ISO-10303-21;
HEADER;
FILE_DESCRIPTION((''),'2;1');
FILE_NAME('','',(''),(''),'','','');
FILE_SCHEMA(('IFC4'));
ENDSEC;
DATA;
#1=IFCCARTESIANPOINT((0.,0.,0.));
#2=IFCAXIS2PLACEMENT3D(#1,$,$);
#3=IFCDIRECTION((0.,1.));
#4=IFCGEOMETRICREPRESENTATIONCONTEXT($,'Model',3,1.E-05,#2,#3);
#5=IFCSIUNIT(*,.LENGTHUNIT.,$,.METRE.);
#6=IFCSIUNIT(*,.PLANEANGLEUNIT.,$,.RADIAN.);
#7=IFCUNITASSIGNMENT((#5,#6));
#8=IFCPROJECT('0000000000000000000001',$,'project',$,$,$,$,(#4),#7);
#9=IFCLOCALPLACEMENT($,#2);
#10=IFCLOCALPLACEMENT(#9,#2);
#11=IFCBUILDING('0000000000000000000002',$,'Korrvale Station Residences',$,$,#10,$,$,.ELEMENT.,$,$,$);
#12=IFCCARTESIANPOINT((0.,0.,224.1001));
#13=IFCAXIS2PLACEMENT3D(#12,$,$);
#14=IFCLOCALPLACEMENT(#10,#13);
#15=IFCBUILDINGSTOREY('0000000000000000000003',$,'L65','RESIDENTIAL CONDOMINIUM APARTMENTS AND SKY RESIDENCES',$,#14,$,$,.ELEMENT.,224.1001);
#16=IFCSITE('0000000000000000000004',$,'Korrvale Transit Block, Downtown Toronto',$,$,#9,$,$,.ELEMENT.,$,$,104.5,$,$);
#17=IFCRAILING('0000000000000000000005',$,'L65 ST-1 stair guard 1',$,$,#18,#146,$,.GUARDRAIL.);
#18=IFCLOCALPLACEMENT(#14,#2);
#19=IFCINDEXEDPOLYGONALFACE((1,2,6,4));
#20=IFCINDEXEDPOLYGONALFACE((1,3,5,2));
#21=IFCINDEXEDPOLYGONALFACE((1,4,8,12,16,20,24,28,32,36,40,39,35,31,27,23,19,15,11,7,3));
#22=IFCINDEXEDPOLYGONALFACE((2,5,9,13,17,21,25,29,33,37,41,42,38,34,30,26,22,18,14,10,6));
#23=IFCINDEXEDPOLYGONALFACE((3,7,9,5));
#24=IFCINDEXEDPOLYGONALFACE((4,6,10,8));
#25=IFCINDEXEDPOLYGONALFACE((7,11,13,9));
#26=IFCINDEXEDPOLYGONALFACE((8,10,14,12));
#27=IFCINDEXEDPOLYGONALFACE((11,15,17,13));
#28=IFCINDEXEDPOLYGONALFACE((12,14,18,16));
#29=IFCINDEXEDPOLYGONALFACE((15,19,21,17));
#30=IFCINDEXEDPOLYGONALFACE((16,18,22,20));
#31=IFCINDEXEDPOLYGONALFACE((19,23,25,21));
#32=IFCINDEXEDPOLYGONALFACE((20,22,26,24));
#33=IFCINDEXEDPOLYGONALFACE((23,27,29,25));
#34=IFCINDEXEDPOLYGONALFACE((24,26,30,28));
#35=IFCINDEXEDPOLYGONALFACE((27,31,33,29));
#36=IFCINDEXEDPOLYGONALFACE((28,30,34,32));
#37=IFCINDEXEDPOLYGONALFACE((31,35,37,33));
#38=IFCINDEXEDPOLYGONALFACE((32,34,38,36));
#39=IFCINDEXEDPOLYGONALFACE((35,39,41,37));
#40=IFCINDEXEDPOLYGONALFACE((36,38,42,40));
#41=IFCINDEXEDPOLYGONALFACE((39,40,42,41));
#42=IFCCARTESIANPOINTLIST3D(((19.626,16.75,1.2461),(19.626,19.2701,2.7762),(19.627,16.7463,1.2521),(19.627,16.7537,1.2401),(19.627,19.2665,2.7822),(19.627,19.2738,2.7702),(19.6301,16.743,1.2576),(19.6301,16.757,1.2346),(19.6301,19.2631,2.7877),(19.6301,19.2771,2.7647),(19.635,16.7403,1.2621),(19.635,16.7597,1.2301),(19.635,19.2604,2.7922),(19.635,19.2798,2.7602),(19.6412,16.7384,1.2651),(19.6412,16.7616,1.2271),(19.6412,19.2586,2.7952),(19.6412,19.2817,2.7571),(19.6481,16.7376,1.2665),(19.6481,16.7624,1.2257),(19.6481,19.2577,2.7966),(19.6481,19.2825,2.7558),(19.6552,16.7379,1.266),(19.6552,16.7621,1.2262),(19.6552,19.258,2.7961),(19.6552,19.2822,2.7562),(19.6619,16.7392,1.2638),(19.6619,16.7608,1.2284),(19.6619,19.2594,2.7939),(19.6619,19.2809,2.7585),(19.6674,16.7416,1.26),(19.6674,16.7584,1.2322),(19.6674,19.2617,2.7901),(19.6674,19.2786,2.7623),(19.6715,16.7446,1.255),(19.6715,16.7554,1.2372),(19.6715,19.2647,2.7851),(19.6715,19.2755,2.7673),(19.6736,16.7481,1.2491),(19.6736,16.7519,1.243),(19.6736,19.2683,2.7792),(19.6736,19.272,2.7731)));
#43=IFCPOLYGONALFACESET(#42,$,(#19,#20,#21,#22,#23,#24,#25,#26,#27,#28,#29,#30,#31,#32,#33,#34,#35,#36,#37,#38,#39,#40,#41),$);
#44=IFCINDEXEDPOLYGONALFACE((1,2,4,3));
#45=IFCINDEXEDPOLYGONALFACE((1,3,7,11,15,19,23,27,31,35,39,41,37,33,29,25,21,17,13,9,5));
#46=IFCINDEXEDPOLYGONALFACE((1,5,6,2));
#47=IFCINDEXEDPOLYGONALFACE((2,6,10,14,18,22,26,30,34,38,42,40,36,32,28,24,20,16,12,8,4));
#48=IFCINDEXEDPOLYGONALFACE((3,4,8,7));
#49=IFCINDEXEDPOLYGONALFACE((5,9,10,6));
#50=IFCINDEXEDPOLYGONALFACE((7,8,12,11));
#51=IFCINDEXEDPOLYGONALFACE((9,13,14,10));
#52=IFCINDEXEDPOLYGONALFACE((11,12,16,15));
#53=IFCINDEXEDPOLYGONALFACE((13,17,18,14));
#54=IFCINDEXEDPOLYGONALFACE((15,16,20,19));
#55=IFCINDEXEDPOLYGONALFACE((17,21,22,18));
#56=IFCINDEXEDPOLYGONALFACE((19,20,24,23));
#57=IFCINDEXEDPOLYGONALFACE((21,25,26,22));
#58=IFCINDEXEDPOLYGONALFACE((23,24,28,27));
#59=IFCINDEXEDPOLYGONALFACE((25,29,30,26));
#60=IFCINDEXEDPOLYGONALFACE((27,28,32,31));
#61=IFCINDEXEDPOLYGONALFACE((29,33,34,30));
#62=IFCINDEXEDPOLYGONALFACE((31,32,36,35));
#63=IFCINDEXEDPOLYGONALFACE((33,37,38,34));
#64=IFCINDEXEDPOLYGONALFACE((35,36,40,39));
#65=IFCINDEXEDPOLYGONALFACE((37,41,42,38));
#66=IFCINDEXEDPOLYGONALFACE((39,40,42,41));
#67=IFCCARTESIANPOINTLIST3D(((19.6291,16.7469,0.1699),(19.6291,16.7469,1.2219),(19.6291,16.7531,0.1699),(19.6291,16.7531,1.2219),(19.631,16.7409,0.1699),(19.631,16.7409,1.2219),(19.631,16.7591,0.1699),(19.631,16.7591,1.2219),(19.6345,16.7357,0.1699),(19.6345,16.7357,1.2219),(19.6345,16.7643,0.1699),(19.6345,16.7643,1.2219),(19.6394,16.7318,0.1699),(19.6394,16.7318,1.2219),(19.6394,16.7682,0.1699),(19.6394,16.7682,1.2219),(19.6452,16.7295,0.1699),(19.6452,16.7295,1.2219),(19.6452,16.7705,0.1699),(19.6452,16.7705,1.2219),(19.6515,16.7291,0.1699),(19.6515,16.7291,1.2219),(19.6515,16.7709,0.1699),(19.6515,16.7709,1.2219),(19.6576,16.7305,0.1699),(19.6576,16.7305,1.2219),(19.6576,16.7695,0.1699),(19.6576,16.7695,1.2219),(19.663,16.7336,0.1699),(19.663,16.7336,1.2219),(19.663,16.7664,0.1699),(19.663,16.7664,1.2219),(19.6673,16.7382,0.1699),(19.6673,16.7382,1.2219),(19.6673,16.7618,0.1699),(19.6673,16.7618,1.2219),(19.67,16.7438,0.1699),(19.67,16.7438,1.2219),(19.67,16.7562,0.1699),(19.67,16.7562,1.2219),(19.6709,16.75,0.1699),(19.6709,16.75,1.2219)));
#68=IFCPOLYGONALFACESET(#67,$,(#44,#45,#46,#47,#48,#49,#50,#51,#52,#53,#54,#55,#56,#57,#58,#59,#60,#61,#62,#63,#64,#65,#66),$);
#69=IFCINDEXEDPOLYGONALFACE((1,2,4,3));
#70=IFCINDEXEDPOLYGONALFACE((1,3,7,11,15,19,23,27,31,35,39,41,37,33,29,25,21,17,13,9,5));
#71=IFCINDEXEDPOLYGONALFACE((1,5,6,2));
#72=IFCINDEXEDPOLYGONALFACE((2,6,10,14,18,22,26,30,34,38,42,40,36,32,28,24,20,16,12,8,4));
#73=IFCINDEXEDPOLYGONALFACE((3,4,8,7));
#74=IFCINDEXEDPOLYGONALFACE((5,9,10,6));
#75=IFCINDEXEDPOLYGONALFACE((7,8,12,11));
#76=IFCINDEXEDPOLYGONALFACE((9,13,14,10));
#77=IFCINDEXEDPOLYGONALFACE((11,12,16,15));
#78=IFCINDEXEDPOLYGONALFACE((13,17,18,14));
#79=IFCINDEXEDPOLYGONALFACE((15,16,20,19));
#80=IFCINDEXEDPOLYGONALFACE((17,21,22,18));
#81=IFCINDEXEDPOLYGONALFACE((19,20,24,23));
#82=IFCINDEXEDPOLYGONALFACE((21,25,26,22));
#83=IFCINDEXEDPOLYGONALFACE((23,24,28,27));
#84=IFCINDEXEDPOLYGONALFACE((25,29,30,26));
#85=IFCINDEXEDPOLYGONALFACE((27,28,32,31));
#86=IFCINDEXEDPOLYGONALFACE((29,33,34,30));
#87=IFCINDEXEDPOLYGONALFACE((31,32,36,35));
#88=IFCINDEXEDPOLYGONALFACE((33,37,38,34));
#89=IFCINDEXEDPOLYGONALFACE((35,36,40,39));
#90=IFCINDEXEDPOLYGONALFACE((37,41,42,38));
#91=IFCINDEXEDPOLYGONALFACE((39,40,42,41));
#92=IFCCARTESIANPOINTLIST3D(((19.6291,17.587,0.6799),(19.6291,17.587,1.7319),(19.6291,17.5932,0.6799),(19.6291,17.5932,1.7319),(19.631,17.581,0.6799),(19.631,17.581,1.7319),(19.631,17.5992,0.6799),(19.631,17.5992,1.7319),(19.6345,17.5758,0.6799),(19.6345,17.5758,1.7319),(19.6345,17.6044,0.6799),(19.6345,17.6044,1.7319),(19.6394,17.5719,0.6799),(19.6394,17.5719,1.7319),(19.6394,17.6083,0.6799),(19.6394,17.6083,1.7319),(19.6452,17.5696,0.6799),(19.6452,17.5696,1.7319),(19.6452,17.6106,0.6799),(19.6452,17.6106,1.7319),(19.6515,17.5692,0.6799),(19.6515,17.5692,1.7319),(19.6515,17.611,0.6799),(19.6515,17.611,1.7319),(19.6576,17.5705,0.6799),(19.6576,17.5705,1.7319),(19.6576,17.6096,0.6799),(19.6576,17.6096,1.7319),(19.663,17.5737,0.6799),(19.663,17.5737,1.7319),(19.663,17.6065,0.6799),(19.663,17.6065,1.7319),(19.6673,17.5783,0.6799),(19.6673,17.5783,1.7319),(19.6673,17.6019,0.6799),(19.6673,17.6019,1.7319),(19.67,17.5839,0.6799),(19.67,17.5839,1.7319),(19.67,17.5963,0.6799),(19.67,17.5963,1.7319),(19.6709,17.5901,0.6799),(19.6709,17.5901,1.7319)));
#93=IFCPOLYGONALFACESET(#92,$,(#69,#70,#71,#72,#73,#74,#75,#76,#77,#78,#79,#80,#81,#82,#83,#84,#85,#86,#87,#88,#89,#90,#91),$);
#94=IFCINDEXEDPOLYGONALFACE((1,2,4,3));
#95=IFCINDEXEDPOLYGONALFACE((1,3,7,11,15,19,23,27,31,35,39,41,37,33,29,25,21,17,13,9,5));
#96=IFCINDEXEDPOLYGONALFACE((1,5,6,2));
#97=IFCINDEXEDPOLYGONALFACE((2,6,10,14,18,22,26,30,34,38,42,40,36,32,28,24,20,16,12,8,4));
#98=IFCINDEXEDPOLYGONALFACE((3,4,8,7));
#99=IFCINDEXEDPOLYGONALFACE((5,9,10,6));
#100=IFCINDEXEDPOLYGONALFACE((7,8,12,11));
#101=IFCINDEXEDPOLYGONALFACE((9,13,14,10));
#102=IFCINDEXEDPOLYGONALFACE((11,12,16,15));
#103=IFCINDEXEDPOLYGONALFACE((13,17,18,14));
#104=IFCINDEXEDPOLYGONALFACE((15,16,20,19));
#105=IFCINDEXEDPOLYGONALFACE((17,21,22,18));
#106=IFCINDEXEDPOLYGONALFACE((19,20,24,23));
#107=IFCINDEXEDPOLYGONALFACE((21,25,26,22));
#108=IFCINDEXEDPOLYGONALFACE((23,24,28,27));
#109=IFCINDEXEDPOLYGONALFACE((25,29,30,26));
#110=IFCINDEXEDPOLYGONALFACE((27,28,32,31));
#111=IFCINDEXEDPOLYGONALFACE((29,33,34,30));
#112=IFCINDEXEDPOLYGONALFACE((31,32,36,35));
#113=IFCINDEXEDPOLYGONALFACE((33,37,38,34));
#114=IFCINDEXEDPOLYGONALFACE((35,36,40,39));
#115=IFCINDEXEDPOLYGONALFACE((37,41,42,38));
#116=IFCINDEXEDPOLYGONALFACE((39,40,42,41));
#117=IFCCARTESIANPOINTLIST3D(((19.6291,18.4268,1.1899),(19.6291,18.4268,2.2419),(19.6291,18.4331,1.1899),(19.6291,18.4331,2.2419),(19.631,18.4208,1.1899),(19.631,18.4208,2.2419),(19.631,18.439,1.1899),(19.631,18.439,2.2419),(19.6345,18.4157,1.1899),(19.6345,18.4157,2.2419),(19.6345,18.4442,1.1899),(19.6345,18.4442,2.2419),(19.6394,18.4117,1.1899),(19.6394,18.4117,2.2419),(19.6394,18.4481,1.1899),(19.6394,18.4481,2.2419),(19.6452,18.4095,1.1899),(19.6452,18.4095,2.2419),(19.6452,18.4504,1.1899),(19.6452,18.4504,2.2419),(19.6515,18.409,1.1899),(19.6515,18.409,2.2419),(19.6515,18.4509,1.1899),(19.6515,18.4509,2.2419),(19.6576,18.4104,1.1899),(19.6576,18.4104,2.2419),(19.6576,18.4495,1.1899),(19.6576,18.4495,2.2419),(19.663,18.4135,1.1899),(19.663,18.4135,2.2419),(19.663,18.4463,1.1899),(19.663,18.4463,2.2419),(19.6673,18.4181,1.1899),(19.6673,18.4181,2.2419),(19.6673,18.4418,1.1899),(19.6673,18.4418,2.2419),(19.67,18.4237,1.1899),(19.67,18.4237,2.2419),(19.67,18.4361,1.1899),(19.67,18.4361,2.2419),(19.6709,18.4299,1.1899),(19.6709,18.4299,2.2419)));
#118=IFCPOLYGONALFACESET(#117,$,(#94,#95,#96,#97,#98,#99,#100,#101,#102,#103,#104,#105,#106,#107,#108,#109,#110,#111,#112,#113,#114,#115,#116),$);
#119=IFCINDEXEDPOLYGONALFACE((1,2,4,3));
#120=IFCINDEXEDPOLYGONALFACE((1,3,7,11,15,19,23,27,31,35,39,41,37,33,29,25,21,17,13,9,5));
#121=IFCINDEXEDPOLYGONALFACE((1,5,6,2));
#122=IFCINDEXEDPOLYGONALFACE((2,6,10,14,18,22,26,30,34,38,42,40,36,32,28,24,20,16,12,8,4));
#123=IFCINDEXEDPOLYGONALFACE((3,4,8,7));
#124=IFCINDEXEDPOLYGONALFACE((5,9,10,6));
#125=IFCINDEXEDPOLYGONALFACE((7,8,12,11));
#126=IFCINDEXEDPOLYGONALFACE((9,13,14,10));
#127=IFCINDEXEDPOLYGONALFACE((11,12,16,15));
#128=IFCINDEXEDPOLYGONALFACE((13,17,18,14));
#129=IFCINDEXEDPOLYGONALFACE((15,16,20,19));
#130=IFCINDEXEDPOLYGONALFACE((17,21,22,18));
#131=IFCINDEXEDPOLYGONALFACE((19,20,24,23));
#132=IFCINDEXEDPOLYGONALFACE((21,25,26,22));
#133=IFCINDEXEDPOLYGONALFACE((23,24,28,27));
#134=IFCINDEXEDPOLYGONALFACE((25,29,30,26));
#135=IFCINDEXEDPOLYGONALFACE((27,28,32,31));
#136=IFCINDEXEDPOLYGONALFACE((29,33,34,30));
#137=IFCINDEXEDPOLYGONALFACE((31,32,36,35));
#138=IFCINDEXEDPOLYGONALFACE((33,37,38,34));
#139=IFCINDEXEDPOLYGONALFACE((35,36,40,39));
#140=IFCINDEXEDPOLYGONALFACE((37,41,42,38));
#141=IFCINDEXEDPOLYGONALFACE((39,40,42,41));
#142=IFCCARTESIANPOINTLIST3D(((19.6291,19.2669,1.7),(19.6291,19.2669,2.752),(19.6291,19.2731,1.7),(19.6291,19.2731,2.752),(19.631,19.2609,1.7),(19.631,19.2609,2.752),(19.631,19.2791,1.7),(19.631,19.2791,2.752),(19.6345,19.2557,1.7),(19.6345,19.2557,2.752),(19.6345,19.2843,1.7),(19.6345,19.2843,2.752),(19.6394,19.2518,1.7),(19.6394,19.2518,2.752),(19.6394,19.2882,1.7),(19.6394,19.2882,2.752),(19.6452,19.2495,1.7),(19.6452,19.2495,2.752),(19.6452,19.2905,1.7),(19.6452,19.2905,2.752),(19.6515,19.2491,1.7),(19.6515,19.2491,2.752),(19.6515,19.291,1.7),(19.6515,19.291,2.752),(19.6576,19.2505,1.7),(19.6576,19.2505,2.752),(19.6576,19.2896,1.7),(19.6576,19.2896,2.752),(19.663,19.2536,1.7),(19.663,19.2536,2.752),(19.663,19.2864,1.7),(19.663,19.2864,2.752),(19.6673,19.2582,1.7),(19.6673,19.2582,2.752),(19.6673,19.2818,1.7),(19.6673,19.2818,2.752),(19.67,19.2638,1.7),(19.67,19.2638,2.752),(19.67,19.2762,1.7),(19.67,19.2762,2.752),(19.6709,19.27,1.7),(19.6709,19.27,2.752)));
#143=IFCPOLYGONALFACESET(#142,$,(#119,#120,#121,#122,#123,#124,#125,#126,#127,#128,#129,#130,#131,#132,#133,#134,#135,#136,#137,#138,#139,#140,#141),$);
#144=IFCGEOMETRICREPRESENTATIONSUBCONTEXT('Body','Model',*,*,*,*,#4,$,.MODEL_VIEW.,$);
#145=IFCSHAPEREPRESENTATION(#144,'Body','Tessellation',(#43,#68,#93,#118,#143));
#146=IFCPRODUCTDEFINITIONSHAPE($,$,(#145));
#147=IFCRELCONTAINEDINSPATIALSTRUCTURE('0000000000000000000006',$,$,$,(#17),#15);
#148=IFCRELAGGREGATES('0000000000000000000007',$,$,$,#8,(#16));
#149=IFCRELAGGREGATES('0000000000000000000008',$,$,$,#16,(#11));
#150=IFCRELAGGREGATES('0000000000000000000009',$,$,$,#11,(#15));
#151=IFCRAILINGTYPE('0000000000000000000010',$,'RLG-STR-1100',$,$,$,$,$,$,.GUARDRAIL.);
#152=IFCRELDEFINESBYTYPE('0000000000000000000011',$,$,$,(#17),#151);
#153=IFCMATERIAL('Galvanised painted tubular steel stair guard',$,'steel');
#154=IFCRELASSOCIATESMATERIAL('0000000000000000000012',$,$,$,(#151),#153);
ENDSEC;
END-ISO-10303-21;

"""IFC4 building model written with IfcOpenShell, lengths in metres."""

from ifc_helpers import new_model, si_unit, direction, frame, origin, origin_2d, place, context, subcontext, project, spatial, circle, extrude, material, type_object, element, save


model = new_model("IFC4")

# Units and contexts
model_context = context("Model", 3, precision=1e-05, world=origin(), true_north=direction((0.0, 1.0)))
body_context = subcontext(model_context, "Body", "Model", "MODEL_VIEW")
ifc_project = project(units=[si_unit("LENGTHUNIT", "METRE"), si_unit("PLANEANGLEUNIT", "RADIAN")], contexts=[model_context])

# Site, building, storey
site_placement = place(None, origin())
site = spatial("IfcSite", under=ifc_project, at=site_placement, Name="Korrvale Transit Block, Downtown Toronto", CompositionType="ELEMENT", RefElevation=104.5)
building_placement = place(site_placement, origin())
building = spatial("IfcBuilding", under=site, at=building_placement, Name="Korrvale Station Residences", CompositionType="ELEMENT")
storey_placement = place(building_placement, frame((0.0, 0.0, 224.1001)))
storey = spatial("IfcBuildingStorey", under=building, at=storey_placement, Name="L65", Description="RESIDENTIAL CONDOMINIUM APARTMENTS AND SKY RESIDENCES", CompositionType="ELEMENT", Elevation=224.1001)

# Railing
ifc_material_1 = material(Name="Galvanised painted tubular steel stair guard", Category="steel")
railing_type_1 = type_object("IfcRailingType", Name="RLG-STR-1100", PredefinedType="GUARDRAIL", material=ifc_material_1)
railing_1_placement = place(storey_placement, frame((19.6499, 16.75, 0.1699)))
element("IfcRailing", 1, at=railing_1_placement, inside=storey, type_object=railing_type_1, Name="L65 ST-1 stair guard 1", PredefinedType="GUARDRAIL", context=body_context, shape_type="SweptSolid", body=[
    extrude(circle(Radius=0.0239, at=origin_2d()), frame((0.0, 0.0, 1.0762), z_axis=(0.0, 0.854785, 0.518982), x_axis=(-1.0, 0.0, 0.0)), (0.0, 0.0, 1.0), 2.9482),
    extrude(circle(Radius=0.021, at=origin_2d()), origin(), (0.0, 0.0, 1.0), 1.052),
    extrude(circle(Radius=0.021, at=origin_2d()), frame((0.0, 0.8401, 0.51)), (0.0, 0.0, 1.0), 1.052),
    extrude(circle(Radius=0.021, at=origin_2d()), frame((0.0, 1.6799, 1.02)), (0.0, 0.0, 1.0), 1.052),
    extrude(circle(Radius=0.021, at=origin_2d()), frame((0.0, 2.52, 1.53)), (0.0, 0.0, 1.0), 1.052),
])

save(model, "model.ifc")
